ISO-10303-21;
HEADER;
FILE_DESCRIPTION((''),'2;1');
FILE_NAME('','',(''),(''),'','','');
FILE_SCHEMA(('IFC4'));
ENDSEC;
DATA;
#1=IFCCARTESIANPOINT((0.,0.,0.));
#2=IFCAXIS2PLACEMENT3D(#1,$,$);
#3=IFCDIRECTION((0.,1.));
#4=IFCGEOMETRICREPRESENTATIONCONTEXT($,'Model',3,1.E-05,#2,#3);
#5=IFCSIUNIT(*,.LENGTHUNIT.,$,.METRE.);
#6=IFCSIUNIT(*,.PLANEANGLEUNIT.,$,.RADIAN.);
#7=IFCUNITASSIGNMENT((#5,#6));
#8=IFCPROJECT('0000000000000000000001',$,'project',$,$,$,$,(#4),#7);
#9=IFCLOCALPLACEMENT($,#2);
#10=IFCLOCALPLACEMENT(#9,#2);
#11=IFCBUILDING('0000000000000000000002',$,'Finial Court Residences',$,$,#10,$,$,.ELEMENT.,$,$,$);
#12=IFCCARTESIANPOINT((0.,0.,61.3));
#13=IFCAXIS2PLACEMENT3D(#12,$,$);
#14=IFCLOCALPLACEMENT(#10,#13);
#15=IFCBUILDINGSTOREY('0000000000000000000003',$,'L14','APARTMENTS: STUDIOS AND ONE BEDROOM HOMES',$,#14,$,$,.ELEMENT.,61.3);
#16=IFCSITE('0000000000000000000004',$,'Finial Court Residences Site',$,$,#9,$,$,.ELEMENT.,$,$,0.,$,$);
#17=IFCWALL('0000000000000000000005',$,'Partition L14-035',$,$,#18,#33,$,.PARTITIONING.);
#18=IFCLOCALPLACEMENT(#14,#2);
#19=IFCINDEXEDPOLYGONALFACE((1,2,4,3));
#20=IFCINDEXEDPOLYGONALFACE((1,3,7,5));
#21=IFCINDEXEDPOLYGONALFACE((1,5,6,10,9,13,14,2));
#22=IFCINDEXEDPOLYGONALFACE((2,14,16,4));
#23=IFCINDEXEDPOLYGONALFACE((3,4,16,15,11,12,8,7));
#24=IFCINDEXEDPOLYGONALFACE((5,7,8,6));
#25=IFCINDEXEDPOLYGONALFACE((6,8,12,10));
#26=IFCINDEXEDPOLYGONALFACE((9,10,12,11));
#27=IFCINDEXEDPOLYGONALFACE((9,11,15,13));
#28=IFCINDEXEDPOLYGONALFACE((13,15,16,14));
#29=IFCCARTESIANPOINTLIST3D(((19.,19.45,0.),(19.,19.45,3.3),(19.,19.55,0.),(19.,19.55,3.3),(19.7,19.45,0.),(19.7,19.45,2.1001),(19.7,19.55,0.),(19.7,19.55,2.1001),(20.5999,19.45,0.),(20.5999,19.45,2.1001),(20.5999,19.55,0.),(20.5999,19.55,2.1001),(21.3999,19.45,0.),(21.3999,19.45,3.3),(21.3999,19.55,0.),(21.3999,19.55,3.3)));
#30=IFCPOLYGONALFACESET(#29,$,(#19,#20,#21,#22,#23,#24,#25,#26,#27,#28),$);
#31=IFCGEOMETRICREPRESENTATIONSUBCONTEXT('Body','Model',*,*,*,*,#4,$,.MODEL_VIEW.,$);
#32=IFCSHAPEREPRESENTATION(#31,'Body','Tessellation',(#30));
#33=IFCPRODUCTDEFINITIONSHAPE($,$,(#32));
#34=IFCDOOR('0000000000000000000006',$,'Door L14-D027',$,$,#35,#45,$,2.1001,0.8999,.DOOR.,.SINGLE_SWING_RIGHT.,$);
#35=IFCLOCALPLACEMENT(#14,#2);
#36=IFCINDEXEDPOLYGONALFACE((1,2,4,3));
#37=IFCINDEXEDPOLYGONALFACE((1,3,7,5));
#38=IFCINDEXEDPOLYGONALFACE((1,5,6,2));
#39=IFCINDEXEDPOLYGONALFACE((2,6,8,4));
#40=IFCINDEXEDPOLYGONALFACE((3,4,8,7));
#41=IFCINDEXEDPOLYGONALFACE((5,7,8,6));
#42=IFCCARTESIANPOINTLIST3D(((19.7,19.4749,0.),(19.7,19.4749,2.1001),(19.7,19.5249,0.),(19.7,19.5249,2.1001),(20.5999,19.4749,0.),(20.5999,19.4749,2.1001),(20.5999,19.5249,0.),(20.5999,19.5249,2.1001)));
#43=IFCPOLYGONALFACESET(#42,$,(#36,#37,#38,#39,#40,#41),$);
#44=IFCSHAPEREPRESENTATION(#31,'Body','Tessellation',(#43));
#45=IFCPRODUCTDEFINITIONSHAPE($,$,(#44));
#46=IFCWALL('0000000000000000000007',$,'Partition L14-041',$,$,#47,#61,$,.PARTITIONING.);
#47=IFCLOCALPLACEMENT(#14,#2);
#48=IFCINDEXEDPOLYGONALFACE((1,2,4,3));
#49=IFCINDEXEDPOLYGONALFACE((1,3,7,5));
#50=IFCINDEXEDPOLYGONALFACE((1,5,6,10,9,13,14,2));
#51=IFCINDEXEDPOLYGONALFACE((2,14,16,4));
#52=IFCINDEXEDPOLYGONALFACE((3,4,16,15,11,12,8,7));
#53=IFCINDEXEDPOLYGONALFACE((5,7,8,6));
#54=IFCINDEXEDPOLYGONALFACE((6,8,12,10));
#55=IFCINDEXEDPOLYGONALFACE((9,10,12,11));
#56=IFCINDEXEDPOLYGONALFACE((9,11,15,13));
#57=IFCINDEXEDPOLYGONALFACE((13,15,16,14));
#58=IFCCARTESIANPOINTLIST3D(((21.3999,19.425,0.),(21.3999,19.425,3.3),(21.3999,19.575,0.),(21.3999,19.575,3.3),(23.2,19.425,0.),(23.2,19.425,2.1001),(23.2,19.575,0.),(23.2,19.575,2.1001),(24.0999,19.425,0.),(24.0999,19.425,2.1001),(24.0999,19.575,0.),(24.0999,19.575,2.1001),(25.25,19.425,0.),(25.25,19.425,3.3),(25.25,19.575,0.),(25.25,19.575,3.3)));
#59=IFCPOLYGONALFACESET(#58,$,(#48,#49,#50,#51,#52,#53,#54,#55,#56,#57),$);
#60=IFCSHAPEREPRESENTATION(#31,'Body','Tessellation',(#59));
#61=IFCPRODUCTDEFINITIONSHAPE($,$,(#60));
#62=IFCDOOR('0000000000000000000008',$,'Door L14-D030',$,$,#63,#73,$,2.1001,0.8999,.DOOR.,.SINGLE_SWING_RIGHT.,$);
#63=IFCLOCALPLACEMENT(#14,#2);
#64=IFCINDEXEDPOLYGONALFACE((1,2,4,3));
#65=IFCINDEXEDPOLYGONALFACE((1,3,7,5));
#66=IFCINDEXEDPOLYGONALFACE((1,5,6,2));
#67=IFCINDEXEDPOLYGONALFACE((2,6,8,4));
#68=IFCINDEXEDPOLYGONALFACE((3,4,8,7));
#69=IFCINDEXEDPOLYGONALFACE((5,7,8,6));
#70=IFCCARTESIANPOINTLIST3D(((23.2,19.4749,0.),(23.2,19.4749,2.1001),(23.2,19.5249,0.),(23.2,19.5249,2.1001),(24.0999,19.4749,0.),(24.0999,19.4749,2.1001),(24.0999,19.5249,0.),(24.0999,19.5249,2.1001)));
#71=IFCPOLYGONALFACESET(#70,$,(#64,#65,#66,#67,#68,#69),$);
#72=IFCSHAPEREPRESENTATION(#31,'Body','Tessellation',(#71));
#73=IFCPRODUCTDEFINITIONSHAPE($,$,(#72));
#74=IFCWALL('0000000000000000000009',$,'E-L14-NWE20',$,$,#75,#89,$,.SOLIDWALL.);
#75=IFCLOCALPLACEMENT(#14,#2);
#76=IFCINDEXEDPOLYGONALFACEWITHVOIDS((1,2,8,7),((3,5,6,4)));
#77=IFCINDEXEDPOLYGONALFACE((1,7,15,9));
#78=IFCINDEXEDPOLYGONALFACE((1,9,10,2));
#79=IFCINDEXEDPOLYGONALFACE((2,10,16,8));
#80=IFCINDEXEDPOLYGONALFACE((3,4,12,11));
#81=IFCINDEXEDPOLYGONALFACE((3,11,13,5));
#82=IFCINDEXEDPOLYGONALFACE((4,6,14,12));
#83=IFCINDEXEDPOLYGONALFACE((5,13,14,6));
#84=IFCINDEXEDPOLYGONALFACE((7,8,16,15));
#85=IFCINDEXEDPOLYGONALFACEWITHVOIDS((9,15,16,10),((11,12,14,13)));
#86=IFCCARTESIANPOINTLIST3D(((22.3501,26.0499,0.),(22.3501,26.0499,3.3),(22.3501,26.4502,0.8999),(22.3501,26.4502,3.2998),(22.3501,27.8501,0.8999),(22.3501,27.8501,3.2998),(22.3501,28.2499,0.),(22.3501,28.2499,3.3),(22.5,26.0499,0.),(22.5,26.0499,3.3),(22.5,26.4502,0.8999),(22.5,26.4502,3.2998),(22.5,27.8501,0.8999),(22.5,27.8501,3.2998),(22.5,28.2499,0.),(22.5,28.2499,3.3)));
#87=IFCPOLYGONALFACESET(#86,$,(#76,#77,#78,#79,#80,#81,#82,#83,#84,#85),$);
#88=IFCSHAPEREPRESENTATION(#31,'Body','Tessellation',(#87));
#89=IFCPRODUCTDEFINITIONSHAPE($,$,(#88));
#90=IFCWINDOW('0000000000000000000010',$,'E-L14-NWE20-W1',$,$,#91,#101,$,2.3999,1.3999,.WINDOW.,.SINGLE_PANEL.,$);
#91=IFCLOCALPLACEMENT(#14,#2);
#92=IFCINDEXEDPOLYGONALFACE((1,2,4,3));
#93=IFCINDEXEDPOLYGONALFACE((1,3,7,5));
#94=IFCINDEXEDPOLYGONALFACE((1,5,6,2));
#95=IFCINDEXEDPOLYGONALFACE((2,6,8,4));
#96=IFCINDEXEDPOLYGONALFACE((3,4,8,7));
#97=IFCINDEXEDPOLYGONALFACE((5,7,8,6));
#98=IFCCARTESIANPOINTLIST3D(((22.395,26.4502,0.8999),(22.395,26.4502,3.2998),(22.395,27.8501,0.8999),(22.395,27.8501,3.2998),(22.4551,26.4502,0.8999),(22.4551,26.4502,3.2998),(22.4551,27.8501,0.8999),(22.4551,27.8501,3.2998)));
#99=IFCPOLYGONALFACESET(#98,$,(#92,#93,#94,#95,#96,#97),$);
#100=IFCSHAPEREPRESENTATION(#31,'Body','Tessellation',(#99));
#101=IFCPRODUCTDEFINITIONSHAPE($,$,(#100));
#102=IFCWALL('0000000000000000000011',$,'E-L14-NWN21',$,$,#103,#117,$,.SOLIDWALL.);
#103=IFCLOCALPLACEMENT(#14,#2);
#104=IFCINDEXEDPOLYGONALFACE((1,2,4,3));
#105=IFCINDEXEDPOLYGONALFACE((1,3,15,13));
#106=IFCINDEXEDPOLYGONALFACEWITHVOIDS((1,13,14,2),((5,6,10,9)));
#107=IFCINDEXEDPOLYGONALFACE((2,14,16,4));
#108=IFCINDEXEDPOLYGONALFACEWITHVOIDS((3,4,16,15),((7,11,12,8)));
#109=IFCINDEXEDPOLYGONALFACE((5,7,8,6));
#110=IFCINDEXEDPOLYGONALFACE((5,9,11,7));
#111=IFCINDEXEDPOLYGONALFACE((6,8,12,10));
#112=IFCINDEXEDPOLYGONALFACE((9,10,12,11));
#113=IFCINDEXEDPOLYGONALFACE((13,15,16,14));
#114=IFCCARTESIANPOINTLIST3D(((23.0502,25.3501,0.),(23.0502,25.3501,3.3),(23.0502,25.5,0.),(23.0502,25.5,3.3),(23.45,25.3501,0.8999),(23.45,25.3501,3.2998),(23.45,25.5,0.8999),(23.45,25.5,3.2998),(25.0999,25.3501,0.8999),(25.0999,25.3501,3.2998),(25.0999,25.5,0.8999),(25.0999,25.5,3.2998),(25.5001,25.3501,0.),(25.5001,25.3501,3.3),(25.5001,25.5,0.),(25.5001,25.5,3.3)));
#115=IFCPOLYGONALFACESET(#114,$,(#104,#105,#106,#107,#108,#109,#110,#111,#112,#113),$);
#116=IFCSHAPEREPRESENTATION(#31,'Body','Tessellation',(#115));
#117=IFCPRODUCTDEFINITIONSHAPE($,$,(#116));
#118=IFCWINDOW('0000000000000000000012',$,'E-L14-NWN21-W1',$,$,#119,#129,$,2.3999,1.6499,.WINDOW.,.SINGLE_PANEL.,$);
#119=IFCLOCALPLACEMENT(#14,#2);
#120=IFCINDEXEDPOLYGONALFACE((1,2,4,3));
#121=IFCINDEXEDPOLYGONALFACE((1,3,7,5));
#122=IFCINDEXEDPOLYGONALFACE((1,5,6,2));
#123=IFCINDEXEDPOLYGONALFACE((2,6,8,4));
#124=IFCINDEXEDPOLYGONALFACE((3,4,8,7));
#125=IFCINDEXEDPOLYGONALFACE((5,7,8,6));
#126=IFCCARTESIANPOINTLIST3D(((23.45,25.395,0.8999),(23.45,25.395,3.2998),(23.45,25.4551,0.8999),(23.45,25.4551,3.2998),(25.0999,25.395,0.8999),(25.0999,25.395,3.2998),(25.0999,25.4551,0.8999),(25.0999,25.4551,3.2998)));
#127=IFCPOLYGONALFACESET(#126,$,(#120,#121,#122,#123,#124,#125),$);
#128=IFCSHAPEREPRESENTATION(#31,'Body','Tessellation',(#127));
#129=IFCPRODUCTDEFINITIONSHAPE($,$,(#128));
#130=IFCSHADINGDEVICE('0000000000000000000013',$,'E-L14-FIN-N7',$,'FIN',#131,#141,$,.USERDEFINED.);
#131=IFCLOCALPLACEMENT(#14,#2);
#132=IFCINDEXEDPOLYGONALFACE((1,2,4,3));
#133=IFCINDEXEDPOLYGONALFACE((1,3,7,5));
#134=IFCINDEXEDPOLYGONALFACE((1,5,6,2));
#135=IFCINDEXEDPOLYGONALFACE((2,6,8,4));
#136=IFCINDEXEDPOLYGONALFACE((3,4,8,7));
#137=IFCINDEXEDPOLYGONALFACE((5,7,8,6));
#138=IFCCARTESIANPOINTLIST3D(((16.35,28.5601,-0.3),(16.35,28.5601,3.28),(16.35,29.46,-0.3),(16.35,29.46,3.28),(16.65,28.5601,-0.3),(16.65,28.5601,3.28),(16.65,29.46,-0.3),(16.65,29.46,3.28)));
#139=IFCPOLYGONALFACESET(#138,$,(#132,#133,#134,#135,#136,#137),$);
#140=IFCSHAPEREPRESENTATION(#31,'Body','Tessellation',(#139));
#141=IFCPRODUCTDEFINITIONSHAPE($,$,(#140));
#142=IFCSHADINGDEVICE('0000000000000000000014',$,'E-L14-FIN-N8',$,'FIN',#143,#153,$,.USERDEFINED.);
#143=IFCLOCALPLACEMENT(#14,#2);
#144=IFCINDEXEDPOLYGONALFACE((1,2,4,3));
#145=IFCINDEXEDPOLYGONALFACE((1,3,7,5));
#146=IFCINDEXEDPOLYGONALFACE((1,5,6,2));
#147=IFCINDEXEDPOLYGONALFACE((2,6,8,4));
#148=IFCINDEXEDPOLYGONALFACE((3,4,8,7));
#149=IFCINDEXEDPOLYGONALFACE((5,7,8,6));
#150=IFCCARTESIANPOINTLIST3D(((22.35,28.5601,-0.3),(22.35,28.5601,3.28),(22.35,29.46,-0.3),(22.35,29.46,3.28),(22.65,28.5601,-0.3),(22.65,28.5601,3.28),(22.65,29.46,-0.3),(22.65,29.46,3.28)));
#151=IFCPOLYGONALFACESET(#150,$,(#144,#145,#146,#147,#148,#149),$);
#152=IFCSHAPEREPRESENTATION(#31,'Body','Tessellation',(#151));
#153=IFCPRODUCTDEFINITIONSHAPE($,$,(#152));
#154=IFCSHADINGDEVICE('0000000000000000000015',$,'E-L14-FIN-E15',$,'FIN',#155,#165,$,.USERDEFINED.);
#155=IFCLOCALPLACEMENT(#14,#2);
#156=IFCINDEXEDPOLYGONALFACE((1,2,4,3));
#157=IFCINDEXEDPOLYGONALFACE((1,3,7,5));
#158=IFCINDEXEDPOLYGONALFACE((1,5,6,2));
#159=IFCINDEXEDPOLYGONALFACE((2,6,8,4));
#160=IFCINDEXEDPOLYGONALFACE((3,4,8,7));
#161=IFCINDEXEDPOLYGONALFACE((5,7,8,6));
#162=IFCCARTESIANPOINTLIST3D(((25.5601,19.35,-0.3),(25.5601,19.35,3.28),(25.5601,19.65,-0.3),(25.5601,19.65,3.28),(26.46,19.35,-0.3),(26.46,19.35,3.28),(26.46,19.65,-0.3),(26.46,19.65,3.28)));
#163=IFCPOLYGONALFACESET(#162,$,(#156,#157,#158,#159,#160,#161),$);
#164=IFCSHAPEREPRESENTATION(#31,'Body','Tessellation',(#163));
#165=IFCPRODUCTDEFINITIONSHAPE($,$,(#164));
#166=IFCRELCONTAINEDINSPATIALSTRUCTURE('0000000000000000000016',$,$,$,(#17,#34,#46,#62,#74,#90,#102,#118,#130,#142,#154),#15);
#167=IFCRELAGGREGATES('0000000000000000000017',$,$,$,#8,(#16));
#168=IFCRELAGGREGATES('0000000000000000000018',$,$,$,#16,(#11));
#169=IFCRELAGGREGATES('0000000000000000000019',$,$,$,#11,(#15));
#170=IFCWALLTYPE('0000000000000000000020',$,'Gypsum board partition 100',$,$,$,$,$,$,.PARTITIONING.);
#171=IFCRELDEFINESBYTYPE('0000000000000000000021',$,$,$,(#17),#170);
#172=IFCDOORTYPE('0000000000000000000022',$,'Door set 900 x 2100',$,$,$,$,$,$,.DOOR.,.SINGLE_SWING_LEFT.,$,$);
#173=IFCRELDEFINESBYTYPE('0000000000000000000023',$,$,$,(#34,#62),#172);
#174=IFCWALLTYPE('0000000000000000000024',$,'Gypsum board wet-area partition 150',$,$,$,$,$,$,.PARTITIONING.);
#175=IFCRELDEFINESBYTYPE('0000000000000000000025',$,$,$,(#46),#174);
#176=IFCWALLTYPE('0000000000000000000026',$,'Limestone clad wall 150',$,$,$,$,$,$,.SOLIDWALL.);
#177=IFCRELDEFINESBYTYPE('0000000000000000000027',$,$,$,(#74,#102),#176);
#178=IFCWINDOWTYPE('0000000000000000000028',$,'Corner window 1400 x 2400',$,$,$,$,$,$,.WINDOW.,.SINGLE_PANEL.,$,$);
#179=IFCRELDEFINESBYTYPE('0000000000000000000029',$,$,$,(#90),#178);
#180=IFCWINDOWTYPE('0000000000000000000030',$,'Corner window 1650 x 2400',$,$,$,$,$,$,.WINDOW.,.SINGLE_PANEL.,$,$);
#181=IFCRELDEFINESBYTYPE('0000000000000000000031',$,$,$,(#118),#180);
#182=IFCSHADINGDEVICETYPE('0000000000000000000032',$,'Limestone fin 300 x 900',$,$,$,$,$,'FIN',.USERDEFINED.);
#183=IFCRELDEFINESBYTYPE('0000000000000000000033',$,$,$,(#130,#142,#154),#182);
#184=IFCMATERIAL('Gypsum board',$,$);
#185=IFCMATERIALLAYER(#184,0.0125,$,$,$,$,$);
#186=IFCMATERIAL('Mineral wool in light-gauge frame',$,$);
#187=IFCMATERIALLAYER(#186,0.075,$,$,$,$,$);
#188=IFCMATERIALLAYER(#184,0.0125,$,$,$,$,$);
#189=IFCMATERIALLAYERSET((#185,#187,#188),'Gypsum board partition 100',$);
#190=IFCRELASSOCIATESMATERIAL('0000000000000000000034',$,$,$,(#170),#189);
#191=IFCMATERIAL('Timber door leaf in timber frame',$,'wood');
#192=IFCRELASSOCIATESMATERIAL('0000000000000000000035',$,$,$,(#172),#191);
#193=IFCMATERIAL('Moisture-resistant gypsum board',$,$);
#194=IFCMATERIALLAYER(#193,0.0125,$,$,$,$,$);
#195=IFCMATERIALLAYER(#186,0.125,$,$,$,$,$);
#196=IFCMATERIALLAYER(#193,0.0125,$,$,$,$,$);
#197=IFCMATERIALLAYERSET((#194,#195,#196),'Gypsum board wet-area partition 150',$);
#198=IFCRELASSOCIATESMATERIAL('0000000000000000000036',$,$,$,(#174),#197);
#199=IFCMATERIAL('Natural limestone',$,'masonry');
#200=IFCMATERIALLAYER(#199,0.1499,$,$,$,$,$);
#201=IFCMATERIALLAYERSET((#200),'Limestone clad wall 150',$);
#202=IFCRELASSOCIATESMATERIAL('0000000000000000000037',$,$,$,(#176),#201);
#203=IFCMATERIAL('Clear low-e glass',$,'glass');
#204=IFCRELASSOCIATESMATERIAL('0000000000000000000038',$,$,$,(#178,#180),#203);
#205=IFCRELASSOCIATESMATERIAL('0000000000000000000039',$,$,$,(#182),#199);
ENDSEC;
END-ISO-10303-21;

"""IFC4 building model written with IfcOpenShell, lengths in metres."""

from ifc_helpers import new_model, si_unit, direction, frame, frame_2d, origin, origin_2d, place, context, subcontext, project, spatial, rectangle, extrude, material, layer, layer_set, type_object, element, fill, save


model = new_model("IFC4")

# Units and contexts
model_context = context("Model", 3, precision=1e-05, world=origin(), true_north=direction((0.0, 1.0)))
body_context = subcontext(model_context, "Body", "Model", "MODEL_VIEW")
ifc_project = project(units=[si_unit("LENGTHUNIT", "METRE"), si_unit("PLANEANGLEUNIT", "RADIAN")], contexts=[model_context])

# Site, building, storey
site_placement = place(None, origin())
site = spatial("IfcSite", under=ifc_project, at=site_placement, Name="Finial Court Residences Site", CompositionType="ELEMENT", RefElevation=0.0)
building_placement = place(site_placement, origin())
building = spatial("IfcBuilding", under=site, at=building_placement, Name="Finial Court Residences", CompositionType="ELEMENT")
storey_placement = place(building_placement, frame((0.0, 0.0, 61.3)))
storey = spatial("IfcBuildingStorey", under=building, at=storey_placement, Name="L14", Description="APARTMENTS: STUDIOS AND ONE BEDROOM HOMES", CompositionType="ELEMENT", Elevation=61.3)

# Shared definitions
ifc_material_1 = material(Name="Clear low-e glass", Category="glass")

# Walls, openings, doors
ifc_material_2 = material(Name="Gypsum board")
ifc_layer_1 = layer(ifc_material_2, 0.0125)
ifc_material_3 = material(Name="Mineral wool in light-gauge frame")
ifc_layer_2 = layer(ifc_material_3, 0.075)
ifc_layer_3 = layer(ifc_material_2, 0.0125)
ifc_layer_set_1 = layer_set([ifc_layer_1, ifc_layer_2, ifc_layer_3], Name="Gypsum board partition 100")
wall_type_1 = type_object("IfcWallType", Name="Gypsum board partition 100", PredefinedType="PARTITIONING", material=ifc_layer_set_1)
wall_1_placement = place(storey_placement, frame((19.0, 19.5, 0.0), z_axis=(0.0, 0.0, 1.0), x_axis=(1.0, 0.0, 0.0)))
wall_1 = element("IfcWall", 1, at=wall_1_placement, inside=storey, type_object=wall_type_1, Name="Partition L14-035", PredefinedType="PARTITIONING", context=body_context, shape_type="SweptSolid", body=[
    extrude(rectangle(XDim=2.3999, YDim=0.1001, at=frame_2d((1.2, 0.0))), origin(), (0.0, 0.0, 1.0), 3.3),
])
opening_1_placement = place(wall_1_placement, frame((0.7, 0.0, 0.0)))
opening_1 = element("IfcOpeningElement", 2, at=opening_1_placement, cuts=wall_1, PredefinedType="OPENING", context=body_context, shape_type="SweptSolid", body=[
    extrude(rectangle(XDim=0.8999, YDim=2.1001, at=frame_2d((0.45, 1.05))), frame((0.0, 0.0601, 0.0), z_axis=(0.0, -1.0, 0.0), x_axis=(1.0, 0.0, 0.0)), (0.0, 0.0, 1.0), 0.1201),
])
ifc_material_4 = material(Name="Timber door leaf in timber frame", Category="wood")
door_type = type_object("IfcDoorType", Name="Door set 900 x 2100", OperationType="SINGLE_SWING_LEFT", PredefinedType="DOOR", material=ifc_material_4)
door_1_placement = place(opening_1_placement, origin())
door_1 = element("IfcDoor", 3, at=door_1_placement, inside=storey, type_object=door_type, Name="Door L14-D027", OperationType="SINGLE_SWING_RIGHT", OverallHeight=2.1001, OverallWidth=0.8999, PredefinedType="DOOR", context=body_context, shape_type="SweptSolid", body=[
    extrude(rectangle(XDim=0.8999, YDim=2.1001, at=frame_2d((0.45, 1.05))), frame((0.0, 0.0249, 0.0), z_axis=(0.0, -1.0, 0.0), x_axis=(1.0, 0.0, 0.0)), (0.0, 0.0, 1.0), 0.05),
])
fill(opening_1, door_1)
ifc_material_5 = material(Name="Moisture-resistant gypsum board")
ifc_layer_4 = layer(ifc_material_5, 0.0125)
ifc_layer_5 = layer(ifc_material_3, 0.125)
ifc_layer_6 = layer(ifc_material_5, 0.0125)
ifc_layer_set_2 = layer_set([ifc_layer_4, ifc_layer_5, ifc_layer_6], Name="Gypsum board wet-area partition 150")
wall_type_2 = type_object("IfcWallType", Name="Gypsum board wet-area partition 150", PredefinedType="PARTITIONING", material=ifc_layer_set_2)
wall_2_placement = place(storey_placement, frame((21.3999, 19.5, 0.0), z_axis=(0.0, 0.0, 1.0), x_axis=(1.0, 0.0, 0.0)))
wall_2 = element("IfcWall", 4, at=wall_2_placement, inside=storey, type_object=wall_type_2, Name="Partition L14-041", PredefinedType="PARTITIONING", context=body_context, shape_type="SweptSolid", body=[
    extrude(rectangle(XDim=3.8501, YDim=0.1499, at=frame_2d((1.925, 0.0))), origin(), (0.0, 0.0, 1.0), 3.3),
])
opening_2_placement = place(wall_2_placement, frame((1.8, 0.0, 0.0)))
opening_2 = element("IfcOpeningElement", 5, at=opening_2_placement, cuts=wall_2, PredefinedType="OPENING", context=body_context, shape_type="SweptSolid", body=[
    extrude(rectangle(XDim=0.8999, YDim=2.1001, at=frame_2d((0.45, 1.05))), frame((0.0, 0.085, 0.0), z_axis=(0.0, -1.0, 0.0), x_axis=(1.0, 0.0, 0.0)), (0.0, 0.0, 1.0), 0.1699),
])
door_2_placement = place(opening_2_placement, origin())
door_2 = element("IfcDoor", 6, at=door_2_placement, inside=storey, type_object=door_type, Name="Door L14-D030", OperationType="SINGLE_SWING_RIGHT", OverallHeight=2.1001, OverallWidth=0.8999, PredefinedType="DOOR", context=body_context, shape_type="SweptSolid", body=[
    extrude(rectangle(XDim=0.8999, YDim=2.1001, at=frame_2d((0.45, 1.05))), frame((0.0, 0.0249, 0.0), z_axis=(0.0, -1.0, 0.0), x_axis=(1.0, 0.0, 0.0)), (0.0, 0.0, 1.0), 0.05),
])
fill(opening_2, door_2)

# Walls, openings, windows
ifc_material_6 = material(Name="Natural limestone", Category="masonry")
ifc_layer_7 = layer(ifc_material_6, 0.1499)
ifc_layer_set_3 = layer_set([ifc_layer_7], Name="Limestone clad wall 150")
wall_type_3 = type_object("IfcWallType", Name="Limestone clad wall 150", PredefinedType="SOLIDWALL", material=ifc_layer_set_3)
wall_3_placement = place(storey_placement, frame((22.425, 28.25, 0.0), z_axis=(0.0, 0.0, 1.0), x_axis=(0.0, -1.0, 0.0)))
wall_3 = element("IfcWall", 7, at=wall_3_placement, inside=storey, type_object=wall_type_3, Name="E-L14-NWE20", PredefinedType="SOLIDWALL", context=body_context, shape_type="SweptSolid", body=[
    extrude(rectangle(XDim=2.2, YDim=0.1499, at=frame_2d((1.1001, 0.0))), origin(), (0.0, 0.0, 1.0), 3.3),
])
opening_3_placement = place(wall_3_placement, frame((0.3999, 0.0, 0.8999)))
opening_3 = element("IfcOpeningElement", 8, at=opening_3_placement, cuts=wall_3, PredefinedType="OPENING", context=body_context, shape_type="SweptSolid", body=[
    extrude(rectangle(XDim=1.3999, YDim=2.3999, at=frame_2d((0.7, 1.2))), frame((0.0, 0.085, 0.0), z_axis=(0.0, -1.0, 0.0), x_axis=(1.0, 0.0, 0.0)), (0.0, 0.0, 1.0), 0.1699),
])
window_type_1 = type_object("IfcWindowType", Name="Corner window 1400 x 2400", PartitioningType="SINGLE_PANEL", PredefinedType="WINDOW", material=ifc_material_1)
window_1_placement = place(opening_3_placement, origin())
window_1 = element("IfcWindow", 9, at=window_1_placement, inside=storey, type_object=window_type_1, Name="E-L14-NWE20-W1", OverallHeight=2.3999, OverallWidth=1.3999, PartitioningType="SINGLE_PANEL", PredefinedType="WINDOW", context=body_context, shape_type="SweptSolid", body=[
    extrude(rectangle(XDim=1.3999, YDim=2.3999, at=frame_2d((0.7, 1.2))), frame((0.0, 0.03, 0.0), z_axis=(0.0, -1.0, 0.0), x_axis=(1.0, 0.0, 0.0)), (0.0, 0.0, 1.0), 0.0601),
])
fill(opening_3, window_1)
wall_4_placement = place(storey_placement, frame((23.05, 25.425, 0.0), z_axis=(0.0, 0.0, 1.0), x_axis=(1.0, 0.0, 0.0)))
wall_4 = element("IfcWall", 10, at=wall_4_placement, inside=storey, type_object=wall_type_3, Name="E-L14-NWN21", PredefinedType="SOLIDWALL", context=body_context, shape_type="SweptSolid", body=[
    extrude(rectangle(XDim=2.45, YDim=0.1499, at=frame_2d((1.2251, 0.0))), origin(), (0.0, 0.0, 1.0), 3.3),
])
opening_4_placement = place(wall_4_placement, frame((0.3999, 0.0, 0.8999)))
opening_4 = element("IfcOpeningElement", 11, at=opening_4_placement, cuts=wall_4, PredefinedType="OPENING", context=body_context, shape_type="SweptSolid", body=[
    extrude(rectangle(XDim=1.6499, YDim=2.3999, at=frame_2d((0.825, 1.2))), frame((0.0, 0.085, 0.0), z_axis=(0.0, -1.0, 0.0), x_axis=(1.0, 0.0, 0.0)), (0.0, 0.0, 1.0), 0.1699),
])
window_type_2 = type_object("IfcWindowType", Name="Corner window 1650 x 2400", PartitioningType="SINGLE_PANEL", PredefinedType="WINDOW", material=ifc_material_1)
window_2_placement = place(opening_4_placement, origin())
window_2 = element("IfcWindow", 12, at=window_2_placement, inside=storey, type_object=window_type_2, Name="E-L14-NWN21-W1", OverallHeight=2.3999, OverallWidth=1.6499, PartitioningType="SINGLE_PANEL", PredefinedType="WINDOW", context=body_context, shape_type="SweptSolid", body=[
    extrude(rectangle(XDim=1.6499, YDim=2.3999, at=frame_2d((0.825, 1.2))), frame((0.0, 0.03, 0.0), z_axis=(0.0, -1.0, 0.0), x_axis=(1.0, 0.0, 0.0)), (0.0, 0.0, 1.0), 0.0601),
])
fill(opening_4, window_2)

# Shading devices
shading_device_type = type_object("IfcShadingDeviceType", Name="Limestone fin 300 x 900", ElementType="FIN", PredefinedType="USERDEFINED", material=ifc_material_6)
for number, where, z_axis, x_axis, name in (
    (13, (16.5, 29.01, -0.3), (0.0, 0.0, 1.0), (1.0, 0.0, 0.0), "E-L14-FIN-N7"),
    (14, (22.5, 29.01, -0.3), (0.0, 0.0, 1.0), (1.0, 0.0, 0.0), "E-L14-FIN-N8"),
):
    element("IfcShadingDevice", number, at=place(storey_placement, frame(where, z_axis=z_axis, x_axis=x_axis)), inside=storey, type_object=shading_device_type, Name=name, ObjectType="FIN", PredefinedType="USERDEFINED", context=body_context, shape_type="SweptSolid", body=[
        extrude(rectangle(XDim=0.3, YDim=0.8999, at=origin_2d()), origin(), (0.0, 0.0, 1.0), 3.5801),
    ])
for number, where, z_axis, x_axis, name in (
    (15, (26.01, 19.5, -0.3), (0.0, 0.0, 1.0), (1.0, 0.0, 0.0), "E-L14-FIN-E15"),
):
    element("IfcShadingDevice", number, at=place(storey_placement, frame(where, z_axis=z_axis, x_axis=x_axis)), inside=storey, type_object=shading_device_type, Name=name, ObjectType="FIN", PredefinedType="USERDEFINED", context=body_context, shape_type="SweptSolid", body=[
        extrude(rectangle(XDim=0.8999, YDim=0.3, at=origin_2d()), origin(), (0.0, 0.0, 1.0), 3.5801),
    ])

save(model, "model.ifc")
